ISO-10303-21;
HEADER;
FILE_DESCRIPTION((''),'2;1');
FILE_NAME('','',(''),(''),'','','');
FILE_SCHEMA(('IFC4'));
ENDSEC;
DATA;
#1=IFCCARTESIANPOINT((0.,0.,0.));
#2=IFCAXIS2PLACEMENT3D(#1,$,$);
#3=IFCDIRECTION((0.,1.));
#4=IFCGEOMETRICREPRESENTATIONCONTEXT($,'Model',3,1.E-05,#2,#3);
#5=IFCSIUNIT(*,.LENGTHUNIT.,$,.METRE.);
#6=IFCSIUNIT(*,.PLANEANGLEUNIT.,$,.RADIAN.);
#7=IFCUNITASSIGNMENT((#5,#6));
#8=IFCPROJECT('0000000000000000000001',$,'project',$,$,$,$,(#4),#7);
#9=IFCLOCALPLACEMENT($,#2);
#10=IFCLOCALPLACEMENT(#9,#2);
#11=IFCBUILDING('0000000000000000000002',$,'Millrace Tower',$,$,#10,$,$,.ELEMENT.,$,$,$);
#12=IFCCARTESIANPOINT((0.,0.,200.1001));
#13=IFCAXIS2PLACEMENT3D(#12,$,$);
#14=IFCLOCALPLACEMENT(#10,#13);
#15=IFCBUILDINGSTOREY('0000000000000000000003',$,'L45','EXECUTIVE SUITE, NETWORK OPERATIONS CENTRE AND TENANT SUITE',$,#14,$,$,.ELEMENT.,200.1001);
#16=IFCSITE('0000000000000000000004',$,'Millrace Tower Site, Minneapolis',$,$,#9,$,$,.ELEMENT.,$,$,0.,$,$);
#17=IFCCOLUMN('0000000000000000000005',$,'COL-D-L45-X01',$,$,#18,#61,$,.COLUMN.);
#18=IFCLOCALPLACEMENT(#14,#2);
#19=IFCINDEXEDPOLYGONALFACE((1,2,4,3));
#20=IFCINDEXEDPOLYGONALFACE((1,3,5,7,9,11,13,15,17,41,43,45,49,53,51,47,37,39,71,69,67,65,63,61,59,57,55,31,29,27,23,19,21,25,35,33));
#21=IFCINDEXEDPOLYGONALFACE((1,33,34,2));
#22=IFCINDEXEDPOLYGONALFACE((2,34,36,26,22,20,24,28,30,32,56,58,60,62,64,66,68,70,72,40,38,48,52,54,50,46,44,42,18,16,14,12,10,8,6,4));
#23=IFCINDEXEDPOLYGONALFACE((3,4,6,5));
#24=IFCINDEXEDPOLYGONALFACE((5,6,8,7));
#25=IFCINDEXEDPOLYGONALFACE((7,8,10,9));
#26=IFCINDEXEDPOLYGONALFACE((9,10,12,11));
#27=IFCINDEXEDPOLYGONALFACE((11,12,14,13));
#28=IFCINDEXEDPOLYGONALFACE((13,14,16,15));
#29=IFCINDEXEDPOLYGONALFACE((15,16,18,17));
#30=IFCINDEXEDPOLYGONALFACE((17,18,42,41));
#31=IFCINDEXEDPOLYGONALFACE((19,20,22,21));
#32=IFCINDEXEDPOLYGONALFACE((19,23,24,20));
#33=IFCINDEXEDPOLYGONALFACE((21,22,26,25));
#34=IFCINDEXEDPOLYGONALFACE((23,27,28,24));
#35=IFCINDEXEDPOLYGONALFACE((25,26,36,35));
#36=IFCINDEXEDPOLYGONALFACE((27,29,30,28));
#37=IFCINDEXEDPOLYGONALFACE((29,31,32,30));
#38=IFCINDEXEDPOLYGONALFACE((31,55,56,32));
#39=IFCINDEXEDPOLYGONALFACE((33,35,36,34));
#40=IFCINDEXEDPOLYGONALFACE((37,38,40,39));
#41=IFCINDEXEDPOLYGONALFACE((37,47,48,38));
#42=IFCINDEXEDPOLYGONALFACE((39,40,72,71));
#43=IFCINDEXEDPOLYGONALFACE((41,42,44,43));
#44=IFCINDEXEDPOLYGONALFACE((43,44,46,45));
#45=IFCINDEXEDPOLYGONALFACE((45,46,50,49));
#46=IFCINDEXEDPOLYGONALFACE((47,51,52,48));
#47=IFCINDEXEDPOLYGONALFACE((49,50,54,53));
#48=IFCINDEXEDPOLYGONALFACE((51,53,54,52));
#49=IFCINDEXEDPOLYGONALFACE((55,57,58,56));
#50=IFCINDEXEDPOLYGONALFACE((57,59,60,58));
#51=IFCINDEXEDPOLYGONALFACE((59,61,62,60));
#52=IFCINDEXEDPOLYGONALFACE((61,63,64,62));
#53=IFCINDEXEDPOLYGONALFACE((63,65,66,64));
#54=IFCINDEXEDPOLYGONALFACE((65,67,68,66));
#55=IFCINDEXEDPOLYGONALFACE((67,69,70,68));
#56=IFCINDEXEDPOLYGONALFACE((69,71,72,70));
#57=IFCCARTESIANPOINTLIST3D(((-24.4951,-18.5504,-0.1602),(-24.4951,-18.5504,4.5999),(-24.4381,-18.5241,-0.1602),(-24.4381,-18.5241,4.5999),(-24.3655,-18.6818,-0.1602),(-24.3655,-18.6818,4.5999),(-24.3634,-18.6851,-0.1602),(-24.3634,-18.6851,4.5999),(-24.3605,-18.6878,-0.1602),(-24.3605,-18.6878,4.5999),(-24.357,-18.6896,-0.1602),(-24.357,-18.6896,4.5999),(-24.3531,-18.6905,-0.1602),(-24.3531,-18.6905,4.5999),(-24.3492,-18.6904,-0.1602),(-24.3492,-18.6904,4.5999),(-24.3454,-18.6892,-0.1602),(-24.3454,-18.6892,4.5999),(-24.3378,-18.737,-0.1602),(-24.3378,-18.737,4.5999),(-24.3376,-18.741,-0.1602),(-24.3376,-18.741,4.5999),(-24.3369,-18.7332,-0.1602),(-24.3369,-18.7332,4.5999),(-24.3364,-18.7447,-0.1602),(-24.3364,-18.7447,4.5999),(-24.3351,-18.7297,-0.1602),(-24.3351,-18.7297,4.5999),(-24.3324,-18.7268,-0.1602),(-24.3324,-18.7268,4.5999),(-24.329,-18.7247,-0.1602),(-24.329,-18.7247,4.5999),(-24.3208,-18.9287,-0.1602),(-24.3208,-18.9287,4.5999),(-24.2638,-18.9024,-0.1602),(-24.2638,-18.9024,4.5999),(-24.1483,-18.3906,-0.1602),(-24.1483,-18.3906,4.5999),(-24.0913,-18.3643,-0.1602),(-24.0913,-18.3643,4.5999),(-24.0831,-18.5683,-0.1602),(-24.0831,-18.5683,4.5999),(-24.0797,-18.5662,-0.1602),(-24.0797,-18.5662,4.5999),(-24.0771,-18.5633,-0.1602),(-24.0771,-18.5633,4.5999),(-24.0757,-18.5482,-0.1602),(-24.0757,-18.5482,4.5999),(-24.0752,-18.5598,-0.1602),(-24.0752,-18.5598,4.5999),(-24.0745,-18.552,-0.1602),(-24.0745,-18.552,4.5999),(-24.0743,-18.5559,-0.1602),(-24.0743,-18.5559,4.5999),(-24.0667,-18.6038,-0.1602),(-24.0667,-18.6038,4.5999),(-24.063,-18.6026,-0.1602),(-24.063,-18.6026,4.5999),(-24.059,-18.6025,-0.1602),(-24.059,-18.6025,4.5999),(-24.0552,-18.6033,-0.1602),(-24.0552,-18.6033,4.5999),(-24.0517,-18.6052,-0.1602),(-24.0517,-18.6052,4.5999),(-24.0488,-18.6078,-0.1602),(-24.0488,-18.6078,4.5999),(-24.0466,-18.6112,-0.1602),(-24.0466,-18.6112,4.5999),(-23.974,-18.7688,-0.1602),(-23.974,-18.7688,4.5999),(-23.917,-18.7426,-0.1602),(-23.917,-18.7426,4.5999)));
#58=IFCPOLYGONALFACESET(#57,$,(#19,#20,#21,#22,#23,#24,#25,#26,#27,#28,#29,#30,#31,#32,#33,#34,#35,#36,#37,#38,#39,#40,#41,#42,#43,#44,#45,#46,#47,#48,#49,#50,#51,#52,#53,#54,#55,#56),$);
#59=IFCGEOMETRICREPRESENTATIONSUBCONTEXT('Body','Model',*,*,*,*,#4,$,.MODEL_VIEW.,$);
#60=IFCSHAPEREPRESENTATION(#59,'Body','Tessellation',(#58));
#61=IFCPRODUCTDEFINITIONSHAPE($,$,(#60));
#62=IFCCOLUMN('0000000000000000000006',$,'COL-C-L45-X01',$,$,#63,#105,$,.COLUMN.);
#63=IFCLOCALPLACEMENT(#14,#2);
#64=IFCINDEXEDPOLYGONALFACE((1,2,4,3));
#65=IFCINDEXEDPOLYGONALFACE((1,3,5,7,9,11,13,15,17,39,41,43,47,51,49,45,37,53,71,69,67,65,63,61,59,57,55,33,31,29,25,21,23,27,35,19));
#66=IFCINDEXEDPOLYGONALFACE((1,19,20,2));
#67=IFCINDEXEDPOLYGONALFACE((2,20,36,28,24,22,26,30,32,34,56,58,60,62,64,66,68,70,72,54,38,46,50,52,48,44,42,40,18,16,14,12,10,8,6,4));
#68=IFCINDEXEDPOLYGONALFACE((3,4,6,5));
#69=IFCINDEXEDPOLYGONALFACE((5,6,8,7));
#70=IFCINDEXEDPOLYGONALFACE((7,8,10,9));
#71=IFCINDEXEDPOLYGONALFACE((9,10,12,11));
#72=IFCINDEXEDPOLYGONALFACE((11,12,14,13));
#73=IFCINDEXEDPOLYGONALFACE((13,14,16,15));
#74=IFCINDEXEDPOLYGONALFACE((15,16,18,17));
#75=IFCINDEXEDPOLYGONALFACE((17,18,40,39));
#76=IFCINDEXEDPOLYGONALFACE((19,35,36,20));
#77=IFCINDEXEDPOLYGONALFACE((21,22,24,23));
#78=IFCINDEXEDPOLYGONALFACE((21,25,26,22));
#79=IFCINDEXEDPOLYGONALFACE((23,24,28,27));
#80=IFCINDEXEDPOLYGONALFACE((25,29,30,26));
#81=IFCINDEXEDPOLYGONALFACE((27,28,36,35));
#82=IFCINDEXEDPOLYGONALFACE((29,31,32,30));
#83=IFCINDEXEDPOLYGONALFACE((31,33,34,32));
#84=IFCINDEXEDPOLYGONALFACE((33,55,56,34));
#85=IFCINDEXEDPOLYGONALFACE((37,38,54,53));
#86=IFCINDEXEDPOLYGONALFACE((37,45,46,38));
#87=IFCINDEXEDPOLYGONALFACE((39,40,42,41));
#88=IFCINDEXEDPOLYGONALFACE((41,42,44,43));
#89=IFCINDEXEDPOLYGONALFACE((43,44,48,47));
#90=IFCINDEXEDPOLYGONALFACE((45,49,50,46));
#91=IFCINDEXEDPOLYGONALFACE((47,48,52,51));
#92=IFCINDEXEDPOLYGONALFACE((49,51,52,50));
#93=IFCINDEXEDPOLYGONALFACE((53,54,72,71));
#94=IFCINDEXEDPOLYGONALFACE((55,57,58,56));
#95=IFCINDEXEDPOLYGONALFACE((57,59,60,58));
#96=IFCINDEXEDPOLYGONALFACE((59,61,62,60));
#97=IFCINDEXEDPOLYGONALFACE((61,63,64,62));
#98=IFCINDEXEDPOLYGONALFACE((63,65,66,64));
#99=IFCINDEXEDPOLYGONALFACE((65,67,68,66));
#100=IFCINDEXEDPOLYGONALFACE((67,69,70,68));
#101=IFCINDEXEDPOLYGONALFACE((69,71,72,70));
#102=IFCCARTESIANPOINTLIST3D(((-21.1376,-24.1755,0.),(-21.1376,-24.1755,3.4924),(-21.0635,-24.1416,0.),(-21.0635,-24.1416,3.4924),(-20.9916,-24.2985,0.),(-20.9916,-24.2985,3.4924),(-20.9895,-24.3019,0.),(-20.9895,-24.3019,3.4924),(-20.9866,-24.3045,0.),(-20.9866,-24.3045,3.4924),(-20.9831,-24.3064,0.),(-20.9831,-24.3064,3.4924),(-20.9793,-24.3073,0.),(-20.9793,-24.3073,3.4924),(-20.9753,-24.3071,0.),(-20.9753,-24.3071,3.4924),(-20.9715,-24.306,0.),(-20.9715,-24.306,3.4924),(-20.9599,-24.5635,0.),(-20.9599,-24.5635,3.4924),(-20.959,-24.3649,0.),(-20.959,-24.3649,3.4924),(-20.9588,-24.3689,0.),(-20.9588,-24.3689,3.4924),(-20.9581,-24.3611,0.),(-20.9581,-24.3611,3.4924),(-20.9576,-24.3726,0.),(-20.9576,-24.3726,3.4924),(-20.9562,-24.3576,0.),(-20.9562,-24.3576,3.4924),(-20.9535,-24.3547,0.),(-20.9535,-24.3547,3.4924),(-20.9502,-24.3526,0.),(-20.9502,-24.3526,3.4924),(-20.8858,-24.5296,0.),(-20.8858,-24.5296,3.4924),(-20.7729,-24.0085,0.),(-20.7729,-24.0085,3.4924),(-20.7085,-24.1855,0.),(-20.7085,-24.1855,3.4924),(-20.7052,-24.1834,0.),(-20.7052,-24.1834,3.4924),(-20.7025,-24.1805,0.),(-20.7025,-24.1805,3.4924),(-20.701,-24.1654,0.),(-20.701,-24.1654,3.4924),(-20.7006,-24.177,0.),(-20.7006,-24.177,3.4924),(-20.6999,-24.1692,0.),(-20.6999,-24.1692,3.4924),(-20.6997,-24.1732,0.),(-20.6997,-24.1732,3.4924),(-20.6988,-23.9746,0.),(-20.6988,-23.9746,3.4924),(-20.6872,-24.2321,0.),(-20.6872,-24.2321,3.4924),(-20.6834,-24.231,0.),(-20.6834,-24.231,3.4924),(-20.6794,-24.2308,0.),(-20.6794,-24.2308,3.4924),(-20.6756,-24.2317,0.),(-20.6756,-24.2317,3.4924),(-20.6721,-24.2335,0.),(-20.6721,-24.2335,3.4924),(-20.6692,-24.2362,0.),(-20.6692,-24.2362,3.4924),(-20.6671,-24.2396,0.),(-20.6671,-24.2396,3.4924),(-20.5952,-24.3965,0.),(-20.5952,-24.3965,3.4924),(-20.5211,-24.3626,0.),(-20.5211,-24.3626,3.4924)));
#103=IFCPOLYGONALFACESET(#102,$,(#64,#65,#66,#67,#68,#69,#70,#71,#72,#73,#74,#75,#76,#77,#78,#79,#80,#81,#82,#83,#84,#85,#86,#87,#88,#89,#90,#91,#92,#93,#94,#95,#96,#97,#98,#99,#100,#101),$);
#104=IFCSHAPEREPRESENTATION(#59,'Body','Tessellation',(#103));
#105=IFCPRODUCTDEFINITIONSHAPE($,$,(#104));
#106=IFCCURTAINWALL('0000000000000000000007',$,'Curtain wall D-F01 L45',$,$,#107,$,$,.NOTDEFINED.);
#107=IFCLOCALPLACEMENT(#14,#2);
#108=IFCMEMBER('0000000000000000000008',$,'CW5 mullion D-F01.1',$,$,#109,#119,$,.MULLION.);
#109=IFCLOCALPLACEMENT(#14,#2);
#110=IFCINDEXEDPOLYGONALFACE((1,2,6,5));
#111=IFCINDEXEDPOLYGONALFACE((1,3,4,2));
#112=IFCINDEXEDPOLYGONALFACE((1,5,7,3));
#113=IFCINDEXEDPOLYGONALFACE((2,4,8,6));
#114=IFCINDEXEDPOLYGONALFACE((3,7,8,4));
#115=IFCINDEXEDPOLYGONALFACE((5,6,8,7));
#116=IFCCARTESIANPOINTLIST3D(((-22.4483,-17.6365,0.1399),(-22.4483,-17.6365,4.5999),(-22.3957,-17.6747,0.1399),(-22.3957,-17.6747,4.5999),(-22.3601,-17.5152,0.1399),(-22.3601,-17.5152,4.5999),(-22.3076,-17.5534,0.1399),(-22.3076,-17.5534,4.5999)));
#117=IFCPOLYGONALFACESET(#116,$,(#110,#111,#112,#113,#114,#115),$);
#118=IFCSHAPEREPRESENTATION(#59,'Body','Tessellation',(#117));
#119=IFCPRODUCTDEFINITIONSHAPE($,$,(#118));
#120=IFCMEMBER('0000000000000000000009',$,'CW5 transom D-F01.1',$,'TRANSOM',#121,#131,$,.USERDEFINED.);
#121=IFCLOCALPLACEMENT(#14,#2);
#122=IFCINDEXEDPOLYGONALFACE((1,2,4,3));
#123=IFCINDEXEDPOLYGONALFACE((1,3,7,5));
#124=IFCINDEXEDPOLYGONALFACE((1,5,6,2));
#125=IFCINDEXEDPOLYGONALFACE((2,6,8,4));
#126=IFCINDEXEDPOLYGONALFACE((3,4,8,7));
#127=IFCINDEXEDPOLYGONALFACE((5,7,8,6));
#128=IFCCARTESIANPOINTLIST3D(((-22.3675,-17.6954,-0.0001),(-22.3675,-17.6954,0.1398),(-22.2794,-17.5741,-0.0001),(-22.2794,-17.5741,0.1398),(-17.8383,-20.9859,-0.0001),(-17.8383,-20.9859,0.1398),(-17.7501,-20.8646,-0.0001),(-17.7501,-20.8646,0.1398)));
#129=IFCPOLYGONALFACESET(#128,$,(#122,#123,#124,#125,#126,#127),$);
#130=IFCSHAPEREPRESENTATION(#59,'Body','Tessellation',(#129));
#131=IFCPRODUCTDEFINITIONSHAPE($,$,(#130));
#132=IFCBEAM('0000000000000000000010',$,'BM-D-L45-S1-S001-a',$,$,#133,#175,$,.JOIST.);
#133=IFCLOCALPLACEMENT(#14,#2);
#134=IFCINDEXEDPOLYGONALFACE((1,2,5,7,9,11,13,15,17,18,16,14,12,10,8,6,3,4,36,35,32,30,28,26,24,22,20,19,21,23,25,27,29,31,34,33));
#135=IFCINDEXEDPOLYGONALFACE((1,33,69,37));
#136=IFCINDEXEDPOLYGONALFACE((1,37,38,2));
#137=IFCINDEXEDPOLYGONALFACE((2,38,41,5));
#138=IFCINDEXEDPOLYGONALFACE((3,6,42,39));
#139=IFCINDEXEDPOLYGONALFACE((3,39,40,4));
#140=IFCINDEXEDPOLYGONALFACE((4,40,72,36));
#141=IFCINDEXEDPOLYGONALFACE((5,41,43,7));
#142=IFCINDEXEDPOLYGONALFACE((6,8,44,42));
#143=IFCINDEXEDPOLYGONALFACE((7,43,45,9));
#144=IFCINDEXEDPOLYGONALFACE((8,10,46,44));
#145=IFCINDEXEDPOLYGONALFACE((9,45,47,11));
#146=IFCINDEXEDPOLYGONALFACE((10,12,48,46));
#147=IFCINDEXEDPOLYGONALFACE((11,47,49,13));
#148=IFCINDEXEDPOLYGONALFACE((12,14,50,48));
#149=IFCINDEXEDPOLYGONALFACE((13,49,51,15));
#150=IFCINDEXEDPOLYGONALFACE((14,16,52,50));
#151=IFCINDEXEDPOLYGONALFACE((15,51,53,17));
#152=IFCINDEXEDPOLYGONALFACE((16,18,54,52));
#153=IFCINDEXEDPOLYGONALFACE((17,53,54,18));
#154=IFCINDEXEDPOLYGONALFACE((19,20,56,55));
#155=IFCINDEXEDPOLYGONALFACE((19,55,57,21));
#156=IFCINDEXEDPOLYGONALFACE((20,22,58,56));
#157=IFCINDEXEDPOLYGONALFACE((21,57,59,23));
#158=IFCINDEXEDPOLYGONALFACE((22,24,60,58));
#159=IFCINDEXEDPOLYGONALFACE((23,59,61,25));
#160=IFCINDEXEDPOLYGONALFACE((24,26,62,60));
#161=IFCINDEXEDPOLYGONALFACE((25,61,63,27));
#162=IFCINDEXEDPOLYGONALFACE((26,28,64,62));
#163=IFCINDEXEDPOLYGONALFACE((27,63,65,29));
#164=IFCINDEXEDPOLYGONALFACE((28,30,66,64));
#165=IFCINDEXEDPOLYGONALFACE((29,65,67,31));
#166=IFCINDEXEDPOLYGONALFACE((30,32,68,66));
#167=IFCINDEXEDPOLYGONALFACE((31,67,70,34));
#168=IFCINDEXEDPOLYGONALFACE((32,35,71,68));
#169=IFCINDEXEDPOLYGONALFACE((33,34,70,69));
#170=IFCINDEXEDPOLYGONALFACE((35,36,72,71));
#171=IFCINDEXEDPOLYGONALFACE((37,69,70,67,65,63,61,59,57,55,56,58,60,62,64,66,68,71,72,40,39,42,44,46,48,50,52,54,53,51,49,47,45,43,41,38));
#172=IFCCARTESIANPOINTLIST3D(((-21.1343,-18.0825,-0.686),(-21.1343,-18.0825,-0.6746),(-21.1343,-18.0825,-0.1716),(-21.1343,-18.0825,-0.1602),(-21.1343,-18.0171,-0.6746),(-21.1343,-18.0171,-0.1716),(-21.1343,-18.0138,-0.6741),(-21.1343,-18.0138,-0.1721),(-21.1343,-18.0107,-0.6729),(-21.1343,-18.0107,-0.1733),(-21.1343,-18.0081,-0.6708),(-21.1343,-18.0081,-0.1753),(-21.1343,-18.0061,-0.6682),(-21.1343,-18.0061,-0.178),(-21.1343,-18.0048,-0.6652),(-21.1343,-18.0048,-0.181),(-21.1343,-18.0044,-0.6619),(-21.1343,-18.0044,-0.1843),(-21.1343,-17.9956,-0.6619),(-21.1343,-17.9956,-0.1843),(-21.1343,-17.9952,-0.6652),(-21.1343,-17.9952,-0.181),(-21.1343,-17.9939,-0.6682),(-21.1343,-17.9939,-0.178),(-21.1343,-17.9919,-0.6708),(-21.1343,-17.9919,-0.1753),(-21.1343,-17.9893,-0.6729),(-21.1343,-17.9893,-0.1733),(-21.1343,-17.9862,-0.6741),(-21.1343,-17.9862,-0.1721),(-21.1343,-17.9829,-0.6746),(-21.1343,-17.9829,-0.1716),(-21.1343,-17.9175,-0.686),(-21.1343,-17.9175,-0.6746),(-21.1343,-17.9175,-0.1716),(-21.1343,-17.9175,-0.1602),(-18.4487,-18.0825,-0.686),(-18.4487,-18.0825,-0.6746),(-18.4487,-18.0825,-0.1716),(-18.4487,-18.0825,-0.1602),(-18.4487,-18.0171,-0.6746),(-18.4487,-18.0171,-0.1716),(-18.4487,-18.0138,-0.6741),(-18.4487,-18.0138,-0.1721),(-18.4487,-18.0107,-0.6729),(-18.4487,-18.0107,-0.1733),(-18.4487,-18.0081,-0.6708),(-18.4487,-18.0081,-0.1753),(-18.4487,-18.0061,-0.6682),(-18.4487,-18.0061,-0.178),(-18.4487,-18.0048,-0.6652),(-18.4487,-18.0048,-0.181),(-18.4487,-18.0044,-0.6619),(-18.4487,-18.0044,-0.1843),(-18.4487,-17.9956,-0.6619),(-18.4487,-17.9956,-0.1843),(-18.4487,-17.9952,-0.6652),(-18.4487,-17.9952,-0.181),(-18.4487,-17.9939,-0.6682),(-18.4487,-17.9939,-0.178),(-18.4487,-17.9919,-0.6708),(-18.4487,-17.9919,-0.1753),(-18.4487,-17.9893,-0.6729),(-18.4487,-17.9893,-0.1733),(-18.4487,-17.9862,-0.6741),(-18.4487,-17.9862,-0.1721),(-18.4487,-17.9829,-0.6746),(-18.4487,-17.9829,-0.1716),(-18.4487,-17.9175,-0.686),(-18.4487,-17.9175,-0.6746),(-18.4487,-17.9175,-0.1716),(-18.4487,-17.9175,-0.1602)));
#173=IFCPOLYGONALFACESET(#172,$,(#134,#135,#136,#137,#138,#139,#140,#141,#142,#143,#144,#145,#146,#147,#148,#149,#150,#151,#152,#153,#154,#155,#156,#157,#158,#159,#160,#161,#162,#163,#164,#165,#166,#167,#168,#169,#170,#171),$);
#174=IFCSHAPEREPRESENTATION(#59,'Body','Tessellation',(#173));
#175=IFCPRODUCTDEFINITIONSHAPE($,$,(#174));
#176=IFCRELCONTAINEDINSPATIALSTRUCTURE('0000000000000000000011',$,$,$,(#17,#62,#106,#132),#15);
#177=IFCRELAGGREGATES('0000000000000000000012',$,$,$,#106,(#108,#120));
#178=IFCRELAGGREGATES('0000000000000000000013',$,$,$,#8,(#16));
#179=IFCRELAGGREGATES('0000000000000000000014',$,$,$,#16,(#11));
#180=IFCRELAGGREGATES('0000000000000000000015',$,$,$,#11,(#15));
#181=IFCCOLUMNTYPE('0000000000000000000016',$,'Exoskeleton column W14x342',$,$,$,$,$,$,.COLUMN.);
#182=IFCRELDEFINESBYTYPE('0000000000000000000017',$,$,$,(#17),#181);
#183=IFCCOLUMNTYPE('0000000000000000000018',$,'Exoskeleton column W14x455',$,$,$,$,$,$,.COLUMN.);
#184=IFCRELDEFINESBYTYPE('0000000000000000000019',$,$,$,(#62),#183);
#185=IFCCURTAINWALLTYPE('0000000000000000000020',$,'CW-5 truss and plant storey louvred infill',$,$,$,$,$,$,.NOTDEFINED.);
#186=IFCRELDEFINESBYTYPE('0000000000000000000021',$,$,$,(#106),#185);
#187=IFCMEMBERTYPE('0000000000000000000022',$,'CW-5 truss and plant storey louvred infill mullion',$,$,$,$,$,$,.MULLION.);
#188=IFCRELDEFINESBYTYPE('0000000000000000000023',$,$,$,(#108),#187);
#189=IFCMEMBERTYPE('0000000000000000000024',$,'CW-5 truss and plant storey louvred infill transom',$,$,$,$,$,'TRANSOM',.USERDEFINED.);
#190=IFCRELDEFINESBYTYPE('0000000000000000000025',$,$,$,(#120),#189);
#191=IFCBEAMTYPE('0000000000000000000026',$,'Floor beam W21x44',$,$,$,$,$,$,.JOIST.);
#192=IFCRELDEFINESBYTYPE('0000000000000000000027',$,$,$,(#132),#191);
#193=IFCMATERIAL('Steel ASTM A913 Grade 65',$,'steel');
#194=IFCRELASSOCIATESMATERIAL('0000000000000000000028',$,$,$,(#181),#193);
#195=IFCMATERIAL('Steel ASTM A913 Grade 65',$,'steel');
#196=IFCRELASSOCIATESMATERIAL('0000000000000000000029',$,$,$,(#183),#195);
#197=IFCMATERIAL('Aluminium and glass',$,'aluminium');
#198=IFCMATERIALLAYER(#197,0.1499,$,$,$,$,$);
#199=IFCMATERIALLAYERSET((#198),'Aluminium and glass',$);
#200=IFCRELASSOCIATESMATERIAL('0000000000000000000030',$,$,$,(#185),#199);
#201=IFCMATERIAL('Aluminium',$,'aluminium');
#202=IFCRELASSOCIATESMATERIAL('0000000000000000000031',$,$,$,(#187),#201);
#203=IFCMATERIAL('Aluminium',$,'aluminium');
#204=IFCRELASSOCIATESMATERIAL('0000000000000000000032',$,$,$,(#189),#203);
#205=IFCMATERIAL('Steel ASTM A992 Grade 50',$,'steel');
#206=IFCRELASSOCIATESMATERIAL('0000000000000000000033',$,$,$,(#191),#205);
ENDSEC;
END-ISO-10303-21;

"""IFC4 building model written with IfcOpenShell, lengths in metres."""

from ifc_helpers import new_model, si_unit, direction, frame, origin, origin_2d, place, context, subcontext, project, spatial, rectangle, i_section, extrude, material, layer, layer_set, material_profile, profile_set, type_object, element, aggregate, save


model = new_model("IFC4")

# Units and contexts
model_context = context("Model", 3, precision=1e-05, world=origin(), true_north=direction((0.0, 1.0)))
body_context = subcontext(model_context, "Body", "Model", "MODEL_VIEW")
ifc_project = project(units=[si_unit("LENGTHUNIT", "METRE"), si_unit("PLANEANGLEUNIT", "RADIAN")], contexts=[model_context])

# Site, building, storey
site_placement = place(None, origin())
site = spatial("IfcSite", under=ifc_project, at=site_placement, Name="Millrace Tower Site, Minneapolis", CompositionType="ELEMENT", RefElevation=0.0)
building_placement = place(site_placement, origin())
building = spatial("IfcBuilding", under=site, at=building_placement, Name="Millrace Tower", CompositionType="ELEMENT")
storey_placement = place(building_placement, frame((0.0, 0.0, 200.1001)))
storey = spatial("IfcBuildingStorey", under=building, at=storey_placement, Name="L45", Description="EXECUTIVE SUITE, NETWORK OPERATIONS CENTRE AND TENANT SUITE", CompositionType="ELEMENT", Elevation=200.1001)

# Columns
ifc_material_1 = material(Name="Steel ASTM A913 Grade 65", Category="steel")
ifc_material_profile_1 = material_profile(ifc_material_1, i_section(OverallWidth=0.4165, OverallDepth=0.4446, WebThickness=0.0391, FlangeThickness=0.0627, FilletRadius=0.0151, at=origin_2d()))
ifc_profile_set_1 = profile_set([ifc_material_profile_1], Name="Steel ASTM A913 Grade 65")
column_type_1 = type_object("IfcColumnType", Name="Exoskeleton column W14x342", PredefinedType="COLUMN", material=ifc_profile_set_1)
column_1_placement = place(storey_placement, frame((-24.2061, -18.6465, -0.1602), z_axis=(0.0, 0.0, 1.0), x_axis=(0.418553, -0.908192, 0.0)))
element("IfcColumn", 1, at=column_1_placement, inside=storey, type_object=column_type_1, Name="COL-D-L45-X01", PredefinedType="COLUMN", context=body_context, shape_type="SweptSolid", body=[
    extrude(i_section(OverallWidth=0.4165, OverallDepth=0.4446, WebThickness=0.0391, FlangeThickness=0.0627, FilletRadius=0.0151, at=origin_2d()), origin(), (0.0, 0.0, 1.0), 4.76),
])
ifc_material_2 = material(Name="Steel ASTM A913 Grade 65", Category="steel")
ifc_material_profile_2 = material_profile(ifc_material_2, i_section(OverallWidth=0.4268, OverallDepth=0.4827, WebThickness=0.0513, FlangeThickness=0.0815, FilletRadius=0.0151, at=origin_2d()))
ifc_profile_set_2 = profile_set([ifc_material_profile_2], Name="Steel ASTM A913 Grade 65")
column_type_2 = type_object("IfcColumnType", Name="Exoskeleton column W14x455", PredefinedType="COLUMN", material=ifc_profile_set_2)
column_2_placement = place(storey_placement, frame((-20.8293, -24.269, 0.0), z_axis=(0.0, 0.0, 1.0), x_axis=(0.416401, -0.909181, 0.0)))
element("IfcColumn", 2, at=column_2_placement, inside=storey, type_object=column_type_2, Name="COL-C-L45-X01", PredefinedType="COLUMN", context=body_context, shape_type="SweptSolid", body=[
    extrude(i_section(OverallWidth=0.4268, OverallDepth=0.4827, WebThickness=0.0513, FlangeThickness=0.0815, FilletRadius=0.0151, at=origin_2d()), origin(), (0.0, 0.0, 1.0), 3.4924),
])

# Curtain wall, members
ifc_material_3 = material(Name="Aluminium and glass", Category="aluminium")
ifc_layer_1 = layer(ifc_material_3, 0.1499)
ifc_layer_set_1 = layer_set([ifc_layer_1], Name="Aluminium and glass")
curtain_wall_type = type_object("IfcCurtainWallType", Name="CW-5 truss and plant storey louvred infill", PredefinedType="NOTDEFINED", material=ifc_layer_set_1)
curtain_wall_placement = place(storey_placement, origin())
curtain_wall = element("IfcCurtainWall", 3, at=curtain_wall_placement, inside=storey, type_object=curtain_wall_type, Name="Curtain wall D-F01 L45", PredefinedType="NOTDEFINED")
ifc_material_4 = material(Name="Aluminium", Category="aluminium")
ifc_material_profile_3 = material_profile(ifc_material_4, rectangle(XDim=0.0649, YDim=0.1499, at=origin_2d()))
ifc_profile_set_3 = profile_set([ifc_material_profile_3], Name="Aluminium")
member_type_1 = type_object("IfcMemberType", Name="CW-5 truss and plant storey louvred infill mullion", PredefinedType="MULLION", material=ifc_profile_set_3)
member_1_placement = place(storey_placement, frame((-22.3779, -17.595, 0.1399), z_axis=(0.0, 0.0, 1.0), x_axis=(0.809017, -0.587785, 0.0)))
member_1 = element("IfcMember", 4, at=member_1_placement, type_object=member_type_1, Name="CW5 mullion D-F01.1", PredefinedType="MULLION", context=body_context, shape_type="SweptSolid", body=[
    extrude(rectangle(XDim=0.0649, YDim=0.1499, at=origin_2d()), origin(), (0.0, 0.0, 1.0), 4.46),
])
ifc_material_5 = material(Name="Aluminium", Category="aluminium")
ifc_material_profile_4 = material_profile(ifc_material_5, rectangle(XDim=0.1499, YDim=0.1399, at=origin_2d()))
ifc_profile_set_4 = profile_set([ifc_material_profile_4], Name="Aluminium")
member_type_2 = type_object("IfcMemberType", Name="CW-5 truss and plant storey louvred infill transom", ElementType="TRANSOM", PredefinedType="USERDEFINED", material=ifc_profile_set_4)
member_2_placement = place(storey_placement, frame((-22.3235, -17.6348, 0.0698), z_axis=(0.809034, -0.587762, 0.0), x_axis=(0.587762, 0.809034, 0.0)))
member_2 = element("IfcMember", 5, at=member_2_placement, type_object=member_type_2, Name="CW5 transom D-F01.1", ObjectType="TRANSOM", PredefinedType="USERDEFINED", context=body_context, shape_type="SweptSolid", body=[
    extrude(rectangle(XDim=0.1499, YDim=0.1399, at=origin_2d()), origin(), (0.0, 0.0, 1.0), 5.5984),
])
aggregate(curtain_wall, [member_1, member_2])

# Beam
ifc_material_6 = material(Name="Steel ASTM A992 Grade 50", Category="steel")
ifc_material_profile_5 = material_profile(ifc_material_6, i_section(OverallWidth=0.165, OverallDepth=0.5259, WebThickness=0.0088, FlangeThickness=0.0115, FilletRadius=0.0127, at=origin_2d()))
ifc_profile_set_5 = profile_set([ifc_material_profile_5], Name="Steel ASTM A992 Grade 50")
beam_type_1 = type_object("IfcBeamType", Name="Floor beam W21x44", PredefinedType="JOIST", material=ifc_profile_set_5)
beam_1_placement = place(storey_placement, frame((-21.1343, -18.0, -0.4231), z_axis=(1.0, 0.0, 0.0), x_axis=(0.0, 1.0, 0.0)))
element("IfcBeam", 6, at=beam_1_placement, inside=storey, type_object=beam_type_1, Name="BM-D-L45-S1-S001-a", PredefinedType="JOIST", context=body_context, shape_type="SweptSolid", body=[
    extrude(i_section(OverallWidth=0.165, OverallDepth=0.5259, WebThickness=0.0088, FlangeThickness=0.0115, FilletRadius=0.0127, at=origin_2d()), origin(), (0.0, 0.0, 1.0), 2.6855),
])

save(model, "model.ifc")
